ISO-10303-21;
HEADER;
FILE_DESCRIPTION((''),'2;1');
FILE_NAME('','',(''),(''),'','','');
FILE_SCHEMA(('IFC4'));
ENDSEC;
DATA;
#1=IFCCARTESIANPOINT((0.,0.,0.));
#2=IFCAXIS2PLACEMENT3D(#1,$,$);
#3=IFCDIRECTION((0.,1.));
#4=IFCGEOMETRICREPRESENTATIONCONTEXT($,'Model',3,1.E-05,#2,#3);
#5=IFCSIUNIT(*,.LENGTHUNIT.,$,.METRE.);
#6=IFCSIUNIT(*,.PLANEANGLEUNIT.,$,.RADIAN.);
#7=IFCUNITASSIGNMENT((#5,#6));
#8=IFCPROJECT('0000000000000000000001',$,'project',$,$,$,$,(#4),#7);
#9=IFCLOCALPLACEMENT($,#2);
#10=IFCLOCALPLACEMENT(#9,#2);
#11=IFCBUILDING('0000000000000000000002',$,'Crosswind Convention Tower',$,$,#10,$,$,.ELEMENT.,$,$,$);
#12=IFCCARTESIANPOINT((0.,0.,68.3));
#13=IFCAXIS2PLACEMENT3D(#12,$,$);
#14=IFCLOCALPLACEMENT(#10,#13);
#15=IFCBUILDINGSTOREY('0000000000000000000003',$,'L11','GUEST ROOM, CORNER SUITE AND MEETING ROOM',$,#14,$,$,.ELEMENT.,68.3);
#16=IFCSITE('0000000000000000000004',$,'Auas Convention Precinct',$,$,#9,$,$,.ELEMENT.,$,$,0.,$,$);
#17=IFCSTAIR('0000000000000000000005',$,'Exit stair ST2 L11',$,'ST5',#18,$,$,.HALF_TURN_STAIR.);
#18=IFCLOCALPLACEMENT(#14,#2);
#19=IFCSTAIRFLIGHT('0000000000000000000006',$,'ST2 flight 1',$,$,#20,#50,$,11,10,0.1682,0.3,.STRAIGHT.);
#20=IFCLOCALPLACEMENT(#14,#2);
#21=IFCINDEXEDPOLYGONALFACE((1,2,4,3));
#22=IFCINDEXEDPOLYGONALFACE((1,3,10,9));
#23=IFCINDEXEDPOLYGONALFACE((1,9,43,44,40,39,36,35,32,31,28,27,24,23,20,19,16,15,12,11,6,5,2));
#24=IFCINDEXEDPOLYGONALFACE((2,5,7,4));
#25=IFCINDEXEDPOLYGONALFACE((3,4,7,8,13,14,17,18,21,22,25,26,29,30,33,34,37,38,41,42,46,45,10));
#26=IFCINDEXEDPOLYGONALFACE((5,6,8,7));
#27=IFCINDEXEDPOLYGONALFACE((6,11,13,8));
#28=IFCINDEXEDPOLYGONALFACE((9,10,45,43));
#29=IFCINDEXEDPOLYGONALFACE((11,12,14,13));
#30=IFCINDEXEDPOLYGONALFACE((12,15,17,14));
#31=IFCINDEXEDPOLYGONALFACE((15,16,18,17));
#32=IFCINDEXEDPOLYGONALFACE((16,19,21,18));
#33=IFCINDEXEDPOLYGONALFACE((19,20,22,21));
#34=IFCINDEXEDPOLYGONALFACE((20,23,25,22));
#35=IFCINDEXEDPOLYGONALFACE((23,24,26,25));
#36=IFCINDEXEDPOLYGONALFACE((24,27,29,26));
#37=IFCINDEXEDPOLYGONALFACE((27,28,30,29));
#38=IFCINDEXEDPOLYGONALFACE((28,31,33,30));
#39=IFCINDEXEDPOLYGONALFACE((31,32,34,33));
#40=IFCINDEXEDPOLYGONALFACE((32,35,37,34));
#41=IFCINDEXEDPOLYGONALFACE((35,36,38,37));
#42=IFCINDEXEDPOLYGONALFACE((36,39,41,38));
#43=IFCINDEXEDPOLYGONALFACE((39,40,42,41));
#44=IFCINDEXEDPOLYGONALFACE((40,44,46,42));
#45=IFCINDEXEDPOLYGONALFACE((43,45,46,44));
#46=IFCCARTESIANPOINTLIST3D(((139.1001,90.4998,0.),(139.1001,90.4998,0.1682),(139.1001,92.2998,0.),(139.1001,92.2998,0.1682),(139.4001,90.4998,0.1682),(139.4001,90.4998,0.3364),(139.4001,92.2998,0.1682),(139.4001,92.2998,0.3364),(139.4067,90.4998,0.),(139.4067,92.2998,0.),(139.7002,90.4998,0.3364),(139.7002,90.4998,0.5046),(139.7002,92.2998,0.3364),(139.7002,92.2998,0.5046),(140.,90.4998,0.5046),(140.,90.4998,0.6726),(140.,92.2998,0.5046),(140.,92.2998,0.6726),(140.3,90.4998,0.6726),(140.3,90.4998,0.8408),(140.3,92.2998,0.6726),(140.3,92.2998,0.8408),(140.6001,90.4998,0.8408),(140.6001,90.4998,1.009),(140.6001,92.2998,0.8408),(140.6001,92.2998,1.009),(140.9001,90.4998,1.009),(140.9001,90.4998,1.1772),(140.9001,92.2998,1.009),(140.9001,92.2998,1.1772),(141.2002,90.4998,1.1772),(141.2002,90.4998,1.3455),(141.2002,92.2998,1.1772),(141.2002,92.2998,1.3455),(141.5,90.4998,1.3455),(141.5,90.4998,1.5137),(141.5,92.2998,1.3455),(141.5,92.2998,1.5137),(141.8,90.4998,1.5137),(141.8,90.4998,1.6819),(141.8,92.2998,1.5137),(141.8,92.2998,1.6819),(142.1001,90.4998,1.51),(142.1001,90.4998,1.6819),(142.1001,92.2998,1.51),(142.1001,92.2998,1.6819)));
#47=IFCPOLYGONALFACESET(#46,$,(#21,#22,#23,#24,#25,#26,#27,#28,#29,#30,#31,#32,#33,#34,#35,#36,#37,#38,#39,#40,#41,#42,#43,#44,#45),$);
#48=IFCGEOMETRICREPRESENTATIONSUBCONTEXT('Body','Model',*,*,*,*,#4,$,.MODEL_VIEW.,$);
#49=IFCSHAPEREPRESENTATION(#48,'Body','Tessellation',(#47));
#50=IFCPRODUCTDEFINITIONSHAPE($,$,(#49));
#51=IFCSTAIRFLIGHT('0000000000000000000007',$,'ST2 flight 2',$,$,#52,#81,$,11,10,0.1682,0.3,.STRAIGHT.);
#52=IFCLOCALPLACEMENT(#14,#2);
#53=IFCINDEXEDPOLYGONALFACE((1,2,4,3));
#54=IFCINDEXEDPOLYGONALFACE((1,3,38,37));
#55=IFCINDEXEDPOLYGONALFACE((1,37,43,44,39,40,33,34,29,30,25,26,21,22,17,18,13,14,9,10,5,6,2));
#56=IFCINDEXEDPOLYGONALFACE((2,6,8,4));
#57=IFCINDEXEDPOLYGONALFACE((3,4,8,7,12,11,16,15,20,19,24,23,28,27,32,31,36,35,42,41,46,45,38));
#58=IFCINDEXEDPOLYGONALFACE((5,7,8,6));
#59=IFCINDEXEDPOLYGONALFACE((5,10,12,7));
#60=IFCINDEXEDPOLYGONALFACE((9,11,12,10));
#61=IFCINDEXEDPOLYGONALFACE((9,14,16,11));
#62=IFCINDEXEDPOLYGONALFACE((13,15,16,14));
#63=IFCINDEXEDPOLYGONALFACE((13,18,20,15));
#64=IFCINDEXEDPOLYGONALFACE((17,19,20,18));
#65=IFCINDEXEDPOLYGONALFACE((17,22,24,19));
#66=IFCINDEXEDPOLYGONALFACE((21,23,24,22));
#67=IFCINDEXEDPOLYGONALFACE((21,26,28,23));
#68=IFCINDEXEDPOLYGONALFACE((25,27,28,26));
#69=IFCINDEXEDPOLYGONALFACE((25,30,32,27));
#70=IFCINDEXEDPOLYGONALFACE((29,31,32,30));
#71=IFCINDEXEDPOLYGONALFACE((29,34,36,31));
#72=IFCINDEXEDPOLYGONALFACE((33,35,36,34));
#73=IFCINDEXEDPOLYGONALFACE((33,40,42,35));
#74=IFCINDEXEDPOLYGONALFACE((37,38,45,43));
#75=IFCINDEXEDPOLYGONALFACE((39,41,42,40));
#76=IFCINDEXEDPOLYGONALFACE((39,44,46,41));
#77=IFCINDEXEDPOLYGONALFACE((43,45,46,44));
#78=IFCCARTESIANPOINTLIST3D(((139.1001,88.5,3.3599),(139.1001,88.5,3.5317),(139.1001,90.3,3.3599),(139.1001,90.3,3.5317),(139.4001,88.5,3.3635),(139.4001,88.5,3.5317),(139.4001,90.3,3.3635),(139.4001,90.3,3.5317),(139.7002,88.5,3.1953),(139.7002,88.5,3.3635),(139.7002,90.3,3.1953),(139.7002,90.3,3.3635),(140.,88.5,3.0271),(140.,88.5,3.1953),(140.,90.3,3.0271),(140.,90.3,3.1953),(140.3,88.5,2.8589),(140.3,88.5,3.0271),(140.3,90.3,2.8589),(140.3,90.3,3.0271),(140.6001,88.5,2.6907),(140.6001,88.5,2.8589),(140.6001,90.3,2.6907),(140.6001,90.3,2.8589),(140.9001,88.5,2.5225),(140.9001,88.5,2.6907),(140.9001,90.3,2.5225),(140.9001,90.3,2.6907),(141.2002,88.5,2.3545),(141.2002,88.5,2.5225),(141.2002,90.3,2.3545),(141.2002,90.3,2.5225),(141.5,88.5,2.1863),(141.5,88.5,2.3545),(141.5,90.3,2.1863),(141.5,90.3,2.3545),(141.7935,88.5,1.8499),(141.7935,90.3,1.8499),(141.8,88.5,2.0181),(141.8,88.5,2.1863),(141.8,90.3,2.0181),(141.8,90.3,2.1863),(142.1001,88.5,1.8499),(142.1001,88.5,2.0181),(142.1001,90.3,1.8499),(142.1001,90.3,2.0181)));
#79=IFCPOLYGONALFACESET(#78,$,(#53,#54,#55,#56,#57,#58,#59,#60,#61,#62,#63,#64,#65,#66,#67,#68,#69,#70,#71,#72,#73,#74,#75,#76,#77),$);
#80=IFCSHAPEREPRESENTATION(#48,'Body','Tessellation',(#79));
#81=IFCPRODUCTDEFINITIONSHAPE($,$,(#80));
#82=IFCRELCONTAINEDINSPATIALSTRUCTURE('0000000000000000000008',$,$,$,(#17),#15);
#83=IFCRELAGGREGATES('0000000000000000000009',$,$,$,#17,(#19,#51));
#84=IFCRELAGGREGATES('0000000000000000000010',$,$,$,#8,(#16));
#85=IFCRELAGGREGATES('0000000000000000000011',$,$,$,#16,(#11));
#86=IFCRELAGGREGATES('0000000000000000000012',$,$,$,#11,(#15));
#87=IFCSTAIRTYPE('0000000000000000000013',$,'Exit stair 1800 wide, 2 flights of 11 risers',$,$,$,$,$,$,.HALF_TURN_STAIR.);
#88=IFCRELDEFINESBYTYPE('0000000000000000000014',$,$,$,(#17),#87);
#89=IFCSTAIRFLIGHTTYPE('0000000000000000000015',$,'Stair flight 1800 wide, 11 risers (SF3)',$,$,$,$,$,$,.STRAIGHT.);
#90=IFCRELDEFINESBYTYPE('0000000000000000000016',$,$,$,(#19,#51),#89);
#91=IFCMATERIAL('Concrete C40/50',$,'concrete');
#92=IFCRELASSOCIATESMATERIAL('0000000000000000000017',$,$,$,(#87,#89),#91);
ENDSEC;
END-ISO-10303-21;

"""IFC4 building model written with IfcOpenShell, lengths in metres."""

from ifc_helpers import new_model, si_unit, direction, frame, origin, place, context, subcontext, project, spatial, polyline, outline, extrude, material, type_object, element, aggregate, save


model = new_model("IFC4")

# Units and contexts
model_context = context("Model", 3, precision=1e-05, world=origin(), true_north=direction((0.0, 1.0)))
body_context = subcontext(model_context, "Body", "Model", "MODEL_VIEW")
ifc_project = project(units=[si_unit("LENGTHUNIT", "METRE"), si_unit("PLANEANGLEUNIT", "RADIAN")], contexts=[model_context])

# Site, building, storey
site_placement = place(None, origin())
site = spatial("IfcSite", under=ifc_project, at=site_placement, Name="Auas Convention Precinct", CompositionType="ELEMENT", RefElevation=0.0)
building_placement = place(site_placement, origin())
building = spatial("IfcBuilding", under=site, at=building_placement, Name="Crosswind Convention Tower", CompositionType="ELEMENT")
storey_placement = place(building_placement, frame((0.0, 0.0, 68.3)))
storey = spatial("IfcBuildingStorey", under=building, at=storey_placement, Name="L11", Description="GUEST ROOM, CORNER SUITE AND MEETING ROOM", CompositionType="ELEMENT", Elevation=68.3)

# Stair, stair flights
ifc_material_1 = material(Name="Concrete C40/50", Category="concrete")
stair_type = type_object("IfcStairType", Name="Exit stair 1800 wide, 2 flights of 11 risers", PredefinedType="HALF_TURN_STAIR", material=ifc_material_1)
stair_placement = place(storey_placement, origin())
stair = element("IfcStair", 1, at=stair_placement, inside=storey, type_object=stair_type, Name="Exit stair ST2 L11", ObjectType="ST5", PredefinedType="HALF_TURN_STAIR")
stair_flight_type = type_object("IfcStairFlightType", Name="Stair flight 1800 wide, 11 risers (SF3)", PredefinedType="STRAIGHT", material=ifc_material_1)
stair_flight_1_placement = place(storey_placement, frame((139.1001, 91.3999, 0.0), z_axis=(0.0, 0.0, 1.0), x_axis=(1.0, 0.0, 0.0)))
stair_flight_1 = element("IfcStairFlight", 2, at=stair_flight_1_placement, type_object=stair_flight_type, Name="ST2 flight 1", NumberOfRisers=11, NumberOfTreads=10, PredefinedType="STRAIGHT", RiserHeight=0.1682, TreadLength=0.3, context=body_context, shape_type="SweptSolid", body=[
    extrude(outline(polyline([(0.0, 0.0), (0.0, 0.1682), (0.3, 0.1682), (0.3, 0.3364), (0.6001, 0.3364), (0.6001, 0.5046), (0.8999, 0.5046), (0.8999, 0.6726), (1.2, 0.6726), (1.2, 0.8408), (1.5, 0.8408), (1.5, 1.009), (1.8, 1.009), (1.8, 1.1772), (2.1001, 1.1772), (2.1001, 1.3455), (2.3999, 1.3455), (2.3999, 1.5137), (2.7, 1.5137), (2.7, 1.6819), (3.0, 1.6819), (3.0, 1.8501), (3.0, 1.51), (0.3066, 0.0), (0.0, 0.0)])), frame((0.0, 0.8999, 0.0), z_axis=(0.0, -1.0, 0.0), x_axis=(1.0, 0.0, 0.0)), (0.0, 0.0, 1.0), 1.8),
])
stair_flight_2_placement = place(storey_placement, frame((142.1001, 89.3999, 1.8499), z_axis=(0.0, 0.0, 1.0), x_axis=(-1.0, 0.0, 0.0)))
stair_flight_2 = element("IfcStairFlight", 3, at=stair_flight_2_placement, type_object=stair_flight_type, Name="ST2 flight 2", NumberOfRisers=11, NumberOfTreads=10, PredefinedType="STRAIGHT", RiserHeight=0.1682, TreadLength=0.3, context=body_context, shape_type="SweptSolid", body=[
    extrude(outline(polyline([(0.0, 0.0), (0.0, 0.1682), (0.3, 0.1682), (0.3, 0.3364), (0.6001, 0.3364), (0.6001, 0.5046), (0.8999, 0.5046), (0.8999, 0.6726), (1.2, 0.6726), (1.2, 0.8408), (1.5, 0.8408), (1.5, 1.009), (1.8, 1.009), (1.8, 1.1772), (2.1001, 1.1772), (2.1001, 1.3455), (2.3999, 1.3455), (2.3999, 1.5137), (2.7, 1.5137), (2.7, 1.6819), (3.0, 1.6819), (3.0, 1.8501), (3.0, 1.51), (0.3066, 0.0), (0.0, 0.0)])), frame((0.0, 0.8999, 0.0), z_axis=(0.0, -1.0, 0.0), x_axis=(1.0, 0.0, 0.0)), (0.0, 0.0, 1.0), 1.8),
])
aggregate(stair, [stair_flight_1, stair_flight_2])

save(model, "model.ifc")
